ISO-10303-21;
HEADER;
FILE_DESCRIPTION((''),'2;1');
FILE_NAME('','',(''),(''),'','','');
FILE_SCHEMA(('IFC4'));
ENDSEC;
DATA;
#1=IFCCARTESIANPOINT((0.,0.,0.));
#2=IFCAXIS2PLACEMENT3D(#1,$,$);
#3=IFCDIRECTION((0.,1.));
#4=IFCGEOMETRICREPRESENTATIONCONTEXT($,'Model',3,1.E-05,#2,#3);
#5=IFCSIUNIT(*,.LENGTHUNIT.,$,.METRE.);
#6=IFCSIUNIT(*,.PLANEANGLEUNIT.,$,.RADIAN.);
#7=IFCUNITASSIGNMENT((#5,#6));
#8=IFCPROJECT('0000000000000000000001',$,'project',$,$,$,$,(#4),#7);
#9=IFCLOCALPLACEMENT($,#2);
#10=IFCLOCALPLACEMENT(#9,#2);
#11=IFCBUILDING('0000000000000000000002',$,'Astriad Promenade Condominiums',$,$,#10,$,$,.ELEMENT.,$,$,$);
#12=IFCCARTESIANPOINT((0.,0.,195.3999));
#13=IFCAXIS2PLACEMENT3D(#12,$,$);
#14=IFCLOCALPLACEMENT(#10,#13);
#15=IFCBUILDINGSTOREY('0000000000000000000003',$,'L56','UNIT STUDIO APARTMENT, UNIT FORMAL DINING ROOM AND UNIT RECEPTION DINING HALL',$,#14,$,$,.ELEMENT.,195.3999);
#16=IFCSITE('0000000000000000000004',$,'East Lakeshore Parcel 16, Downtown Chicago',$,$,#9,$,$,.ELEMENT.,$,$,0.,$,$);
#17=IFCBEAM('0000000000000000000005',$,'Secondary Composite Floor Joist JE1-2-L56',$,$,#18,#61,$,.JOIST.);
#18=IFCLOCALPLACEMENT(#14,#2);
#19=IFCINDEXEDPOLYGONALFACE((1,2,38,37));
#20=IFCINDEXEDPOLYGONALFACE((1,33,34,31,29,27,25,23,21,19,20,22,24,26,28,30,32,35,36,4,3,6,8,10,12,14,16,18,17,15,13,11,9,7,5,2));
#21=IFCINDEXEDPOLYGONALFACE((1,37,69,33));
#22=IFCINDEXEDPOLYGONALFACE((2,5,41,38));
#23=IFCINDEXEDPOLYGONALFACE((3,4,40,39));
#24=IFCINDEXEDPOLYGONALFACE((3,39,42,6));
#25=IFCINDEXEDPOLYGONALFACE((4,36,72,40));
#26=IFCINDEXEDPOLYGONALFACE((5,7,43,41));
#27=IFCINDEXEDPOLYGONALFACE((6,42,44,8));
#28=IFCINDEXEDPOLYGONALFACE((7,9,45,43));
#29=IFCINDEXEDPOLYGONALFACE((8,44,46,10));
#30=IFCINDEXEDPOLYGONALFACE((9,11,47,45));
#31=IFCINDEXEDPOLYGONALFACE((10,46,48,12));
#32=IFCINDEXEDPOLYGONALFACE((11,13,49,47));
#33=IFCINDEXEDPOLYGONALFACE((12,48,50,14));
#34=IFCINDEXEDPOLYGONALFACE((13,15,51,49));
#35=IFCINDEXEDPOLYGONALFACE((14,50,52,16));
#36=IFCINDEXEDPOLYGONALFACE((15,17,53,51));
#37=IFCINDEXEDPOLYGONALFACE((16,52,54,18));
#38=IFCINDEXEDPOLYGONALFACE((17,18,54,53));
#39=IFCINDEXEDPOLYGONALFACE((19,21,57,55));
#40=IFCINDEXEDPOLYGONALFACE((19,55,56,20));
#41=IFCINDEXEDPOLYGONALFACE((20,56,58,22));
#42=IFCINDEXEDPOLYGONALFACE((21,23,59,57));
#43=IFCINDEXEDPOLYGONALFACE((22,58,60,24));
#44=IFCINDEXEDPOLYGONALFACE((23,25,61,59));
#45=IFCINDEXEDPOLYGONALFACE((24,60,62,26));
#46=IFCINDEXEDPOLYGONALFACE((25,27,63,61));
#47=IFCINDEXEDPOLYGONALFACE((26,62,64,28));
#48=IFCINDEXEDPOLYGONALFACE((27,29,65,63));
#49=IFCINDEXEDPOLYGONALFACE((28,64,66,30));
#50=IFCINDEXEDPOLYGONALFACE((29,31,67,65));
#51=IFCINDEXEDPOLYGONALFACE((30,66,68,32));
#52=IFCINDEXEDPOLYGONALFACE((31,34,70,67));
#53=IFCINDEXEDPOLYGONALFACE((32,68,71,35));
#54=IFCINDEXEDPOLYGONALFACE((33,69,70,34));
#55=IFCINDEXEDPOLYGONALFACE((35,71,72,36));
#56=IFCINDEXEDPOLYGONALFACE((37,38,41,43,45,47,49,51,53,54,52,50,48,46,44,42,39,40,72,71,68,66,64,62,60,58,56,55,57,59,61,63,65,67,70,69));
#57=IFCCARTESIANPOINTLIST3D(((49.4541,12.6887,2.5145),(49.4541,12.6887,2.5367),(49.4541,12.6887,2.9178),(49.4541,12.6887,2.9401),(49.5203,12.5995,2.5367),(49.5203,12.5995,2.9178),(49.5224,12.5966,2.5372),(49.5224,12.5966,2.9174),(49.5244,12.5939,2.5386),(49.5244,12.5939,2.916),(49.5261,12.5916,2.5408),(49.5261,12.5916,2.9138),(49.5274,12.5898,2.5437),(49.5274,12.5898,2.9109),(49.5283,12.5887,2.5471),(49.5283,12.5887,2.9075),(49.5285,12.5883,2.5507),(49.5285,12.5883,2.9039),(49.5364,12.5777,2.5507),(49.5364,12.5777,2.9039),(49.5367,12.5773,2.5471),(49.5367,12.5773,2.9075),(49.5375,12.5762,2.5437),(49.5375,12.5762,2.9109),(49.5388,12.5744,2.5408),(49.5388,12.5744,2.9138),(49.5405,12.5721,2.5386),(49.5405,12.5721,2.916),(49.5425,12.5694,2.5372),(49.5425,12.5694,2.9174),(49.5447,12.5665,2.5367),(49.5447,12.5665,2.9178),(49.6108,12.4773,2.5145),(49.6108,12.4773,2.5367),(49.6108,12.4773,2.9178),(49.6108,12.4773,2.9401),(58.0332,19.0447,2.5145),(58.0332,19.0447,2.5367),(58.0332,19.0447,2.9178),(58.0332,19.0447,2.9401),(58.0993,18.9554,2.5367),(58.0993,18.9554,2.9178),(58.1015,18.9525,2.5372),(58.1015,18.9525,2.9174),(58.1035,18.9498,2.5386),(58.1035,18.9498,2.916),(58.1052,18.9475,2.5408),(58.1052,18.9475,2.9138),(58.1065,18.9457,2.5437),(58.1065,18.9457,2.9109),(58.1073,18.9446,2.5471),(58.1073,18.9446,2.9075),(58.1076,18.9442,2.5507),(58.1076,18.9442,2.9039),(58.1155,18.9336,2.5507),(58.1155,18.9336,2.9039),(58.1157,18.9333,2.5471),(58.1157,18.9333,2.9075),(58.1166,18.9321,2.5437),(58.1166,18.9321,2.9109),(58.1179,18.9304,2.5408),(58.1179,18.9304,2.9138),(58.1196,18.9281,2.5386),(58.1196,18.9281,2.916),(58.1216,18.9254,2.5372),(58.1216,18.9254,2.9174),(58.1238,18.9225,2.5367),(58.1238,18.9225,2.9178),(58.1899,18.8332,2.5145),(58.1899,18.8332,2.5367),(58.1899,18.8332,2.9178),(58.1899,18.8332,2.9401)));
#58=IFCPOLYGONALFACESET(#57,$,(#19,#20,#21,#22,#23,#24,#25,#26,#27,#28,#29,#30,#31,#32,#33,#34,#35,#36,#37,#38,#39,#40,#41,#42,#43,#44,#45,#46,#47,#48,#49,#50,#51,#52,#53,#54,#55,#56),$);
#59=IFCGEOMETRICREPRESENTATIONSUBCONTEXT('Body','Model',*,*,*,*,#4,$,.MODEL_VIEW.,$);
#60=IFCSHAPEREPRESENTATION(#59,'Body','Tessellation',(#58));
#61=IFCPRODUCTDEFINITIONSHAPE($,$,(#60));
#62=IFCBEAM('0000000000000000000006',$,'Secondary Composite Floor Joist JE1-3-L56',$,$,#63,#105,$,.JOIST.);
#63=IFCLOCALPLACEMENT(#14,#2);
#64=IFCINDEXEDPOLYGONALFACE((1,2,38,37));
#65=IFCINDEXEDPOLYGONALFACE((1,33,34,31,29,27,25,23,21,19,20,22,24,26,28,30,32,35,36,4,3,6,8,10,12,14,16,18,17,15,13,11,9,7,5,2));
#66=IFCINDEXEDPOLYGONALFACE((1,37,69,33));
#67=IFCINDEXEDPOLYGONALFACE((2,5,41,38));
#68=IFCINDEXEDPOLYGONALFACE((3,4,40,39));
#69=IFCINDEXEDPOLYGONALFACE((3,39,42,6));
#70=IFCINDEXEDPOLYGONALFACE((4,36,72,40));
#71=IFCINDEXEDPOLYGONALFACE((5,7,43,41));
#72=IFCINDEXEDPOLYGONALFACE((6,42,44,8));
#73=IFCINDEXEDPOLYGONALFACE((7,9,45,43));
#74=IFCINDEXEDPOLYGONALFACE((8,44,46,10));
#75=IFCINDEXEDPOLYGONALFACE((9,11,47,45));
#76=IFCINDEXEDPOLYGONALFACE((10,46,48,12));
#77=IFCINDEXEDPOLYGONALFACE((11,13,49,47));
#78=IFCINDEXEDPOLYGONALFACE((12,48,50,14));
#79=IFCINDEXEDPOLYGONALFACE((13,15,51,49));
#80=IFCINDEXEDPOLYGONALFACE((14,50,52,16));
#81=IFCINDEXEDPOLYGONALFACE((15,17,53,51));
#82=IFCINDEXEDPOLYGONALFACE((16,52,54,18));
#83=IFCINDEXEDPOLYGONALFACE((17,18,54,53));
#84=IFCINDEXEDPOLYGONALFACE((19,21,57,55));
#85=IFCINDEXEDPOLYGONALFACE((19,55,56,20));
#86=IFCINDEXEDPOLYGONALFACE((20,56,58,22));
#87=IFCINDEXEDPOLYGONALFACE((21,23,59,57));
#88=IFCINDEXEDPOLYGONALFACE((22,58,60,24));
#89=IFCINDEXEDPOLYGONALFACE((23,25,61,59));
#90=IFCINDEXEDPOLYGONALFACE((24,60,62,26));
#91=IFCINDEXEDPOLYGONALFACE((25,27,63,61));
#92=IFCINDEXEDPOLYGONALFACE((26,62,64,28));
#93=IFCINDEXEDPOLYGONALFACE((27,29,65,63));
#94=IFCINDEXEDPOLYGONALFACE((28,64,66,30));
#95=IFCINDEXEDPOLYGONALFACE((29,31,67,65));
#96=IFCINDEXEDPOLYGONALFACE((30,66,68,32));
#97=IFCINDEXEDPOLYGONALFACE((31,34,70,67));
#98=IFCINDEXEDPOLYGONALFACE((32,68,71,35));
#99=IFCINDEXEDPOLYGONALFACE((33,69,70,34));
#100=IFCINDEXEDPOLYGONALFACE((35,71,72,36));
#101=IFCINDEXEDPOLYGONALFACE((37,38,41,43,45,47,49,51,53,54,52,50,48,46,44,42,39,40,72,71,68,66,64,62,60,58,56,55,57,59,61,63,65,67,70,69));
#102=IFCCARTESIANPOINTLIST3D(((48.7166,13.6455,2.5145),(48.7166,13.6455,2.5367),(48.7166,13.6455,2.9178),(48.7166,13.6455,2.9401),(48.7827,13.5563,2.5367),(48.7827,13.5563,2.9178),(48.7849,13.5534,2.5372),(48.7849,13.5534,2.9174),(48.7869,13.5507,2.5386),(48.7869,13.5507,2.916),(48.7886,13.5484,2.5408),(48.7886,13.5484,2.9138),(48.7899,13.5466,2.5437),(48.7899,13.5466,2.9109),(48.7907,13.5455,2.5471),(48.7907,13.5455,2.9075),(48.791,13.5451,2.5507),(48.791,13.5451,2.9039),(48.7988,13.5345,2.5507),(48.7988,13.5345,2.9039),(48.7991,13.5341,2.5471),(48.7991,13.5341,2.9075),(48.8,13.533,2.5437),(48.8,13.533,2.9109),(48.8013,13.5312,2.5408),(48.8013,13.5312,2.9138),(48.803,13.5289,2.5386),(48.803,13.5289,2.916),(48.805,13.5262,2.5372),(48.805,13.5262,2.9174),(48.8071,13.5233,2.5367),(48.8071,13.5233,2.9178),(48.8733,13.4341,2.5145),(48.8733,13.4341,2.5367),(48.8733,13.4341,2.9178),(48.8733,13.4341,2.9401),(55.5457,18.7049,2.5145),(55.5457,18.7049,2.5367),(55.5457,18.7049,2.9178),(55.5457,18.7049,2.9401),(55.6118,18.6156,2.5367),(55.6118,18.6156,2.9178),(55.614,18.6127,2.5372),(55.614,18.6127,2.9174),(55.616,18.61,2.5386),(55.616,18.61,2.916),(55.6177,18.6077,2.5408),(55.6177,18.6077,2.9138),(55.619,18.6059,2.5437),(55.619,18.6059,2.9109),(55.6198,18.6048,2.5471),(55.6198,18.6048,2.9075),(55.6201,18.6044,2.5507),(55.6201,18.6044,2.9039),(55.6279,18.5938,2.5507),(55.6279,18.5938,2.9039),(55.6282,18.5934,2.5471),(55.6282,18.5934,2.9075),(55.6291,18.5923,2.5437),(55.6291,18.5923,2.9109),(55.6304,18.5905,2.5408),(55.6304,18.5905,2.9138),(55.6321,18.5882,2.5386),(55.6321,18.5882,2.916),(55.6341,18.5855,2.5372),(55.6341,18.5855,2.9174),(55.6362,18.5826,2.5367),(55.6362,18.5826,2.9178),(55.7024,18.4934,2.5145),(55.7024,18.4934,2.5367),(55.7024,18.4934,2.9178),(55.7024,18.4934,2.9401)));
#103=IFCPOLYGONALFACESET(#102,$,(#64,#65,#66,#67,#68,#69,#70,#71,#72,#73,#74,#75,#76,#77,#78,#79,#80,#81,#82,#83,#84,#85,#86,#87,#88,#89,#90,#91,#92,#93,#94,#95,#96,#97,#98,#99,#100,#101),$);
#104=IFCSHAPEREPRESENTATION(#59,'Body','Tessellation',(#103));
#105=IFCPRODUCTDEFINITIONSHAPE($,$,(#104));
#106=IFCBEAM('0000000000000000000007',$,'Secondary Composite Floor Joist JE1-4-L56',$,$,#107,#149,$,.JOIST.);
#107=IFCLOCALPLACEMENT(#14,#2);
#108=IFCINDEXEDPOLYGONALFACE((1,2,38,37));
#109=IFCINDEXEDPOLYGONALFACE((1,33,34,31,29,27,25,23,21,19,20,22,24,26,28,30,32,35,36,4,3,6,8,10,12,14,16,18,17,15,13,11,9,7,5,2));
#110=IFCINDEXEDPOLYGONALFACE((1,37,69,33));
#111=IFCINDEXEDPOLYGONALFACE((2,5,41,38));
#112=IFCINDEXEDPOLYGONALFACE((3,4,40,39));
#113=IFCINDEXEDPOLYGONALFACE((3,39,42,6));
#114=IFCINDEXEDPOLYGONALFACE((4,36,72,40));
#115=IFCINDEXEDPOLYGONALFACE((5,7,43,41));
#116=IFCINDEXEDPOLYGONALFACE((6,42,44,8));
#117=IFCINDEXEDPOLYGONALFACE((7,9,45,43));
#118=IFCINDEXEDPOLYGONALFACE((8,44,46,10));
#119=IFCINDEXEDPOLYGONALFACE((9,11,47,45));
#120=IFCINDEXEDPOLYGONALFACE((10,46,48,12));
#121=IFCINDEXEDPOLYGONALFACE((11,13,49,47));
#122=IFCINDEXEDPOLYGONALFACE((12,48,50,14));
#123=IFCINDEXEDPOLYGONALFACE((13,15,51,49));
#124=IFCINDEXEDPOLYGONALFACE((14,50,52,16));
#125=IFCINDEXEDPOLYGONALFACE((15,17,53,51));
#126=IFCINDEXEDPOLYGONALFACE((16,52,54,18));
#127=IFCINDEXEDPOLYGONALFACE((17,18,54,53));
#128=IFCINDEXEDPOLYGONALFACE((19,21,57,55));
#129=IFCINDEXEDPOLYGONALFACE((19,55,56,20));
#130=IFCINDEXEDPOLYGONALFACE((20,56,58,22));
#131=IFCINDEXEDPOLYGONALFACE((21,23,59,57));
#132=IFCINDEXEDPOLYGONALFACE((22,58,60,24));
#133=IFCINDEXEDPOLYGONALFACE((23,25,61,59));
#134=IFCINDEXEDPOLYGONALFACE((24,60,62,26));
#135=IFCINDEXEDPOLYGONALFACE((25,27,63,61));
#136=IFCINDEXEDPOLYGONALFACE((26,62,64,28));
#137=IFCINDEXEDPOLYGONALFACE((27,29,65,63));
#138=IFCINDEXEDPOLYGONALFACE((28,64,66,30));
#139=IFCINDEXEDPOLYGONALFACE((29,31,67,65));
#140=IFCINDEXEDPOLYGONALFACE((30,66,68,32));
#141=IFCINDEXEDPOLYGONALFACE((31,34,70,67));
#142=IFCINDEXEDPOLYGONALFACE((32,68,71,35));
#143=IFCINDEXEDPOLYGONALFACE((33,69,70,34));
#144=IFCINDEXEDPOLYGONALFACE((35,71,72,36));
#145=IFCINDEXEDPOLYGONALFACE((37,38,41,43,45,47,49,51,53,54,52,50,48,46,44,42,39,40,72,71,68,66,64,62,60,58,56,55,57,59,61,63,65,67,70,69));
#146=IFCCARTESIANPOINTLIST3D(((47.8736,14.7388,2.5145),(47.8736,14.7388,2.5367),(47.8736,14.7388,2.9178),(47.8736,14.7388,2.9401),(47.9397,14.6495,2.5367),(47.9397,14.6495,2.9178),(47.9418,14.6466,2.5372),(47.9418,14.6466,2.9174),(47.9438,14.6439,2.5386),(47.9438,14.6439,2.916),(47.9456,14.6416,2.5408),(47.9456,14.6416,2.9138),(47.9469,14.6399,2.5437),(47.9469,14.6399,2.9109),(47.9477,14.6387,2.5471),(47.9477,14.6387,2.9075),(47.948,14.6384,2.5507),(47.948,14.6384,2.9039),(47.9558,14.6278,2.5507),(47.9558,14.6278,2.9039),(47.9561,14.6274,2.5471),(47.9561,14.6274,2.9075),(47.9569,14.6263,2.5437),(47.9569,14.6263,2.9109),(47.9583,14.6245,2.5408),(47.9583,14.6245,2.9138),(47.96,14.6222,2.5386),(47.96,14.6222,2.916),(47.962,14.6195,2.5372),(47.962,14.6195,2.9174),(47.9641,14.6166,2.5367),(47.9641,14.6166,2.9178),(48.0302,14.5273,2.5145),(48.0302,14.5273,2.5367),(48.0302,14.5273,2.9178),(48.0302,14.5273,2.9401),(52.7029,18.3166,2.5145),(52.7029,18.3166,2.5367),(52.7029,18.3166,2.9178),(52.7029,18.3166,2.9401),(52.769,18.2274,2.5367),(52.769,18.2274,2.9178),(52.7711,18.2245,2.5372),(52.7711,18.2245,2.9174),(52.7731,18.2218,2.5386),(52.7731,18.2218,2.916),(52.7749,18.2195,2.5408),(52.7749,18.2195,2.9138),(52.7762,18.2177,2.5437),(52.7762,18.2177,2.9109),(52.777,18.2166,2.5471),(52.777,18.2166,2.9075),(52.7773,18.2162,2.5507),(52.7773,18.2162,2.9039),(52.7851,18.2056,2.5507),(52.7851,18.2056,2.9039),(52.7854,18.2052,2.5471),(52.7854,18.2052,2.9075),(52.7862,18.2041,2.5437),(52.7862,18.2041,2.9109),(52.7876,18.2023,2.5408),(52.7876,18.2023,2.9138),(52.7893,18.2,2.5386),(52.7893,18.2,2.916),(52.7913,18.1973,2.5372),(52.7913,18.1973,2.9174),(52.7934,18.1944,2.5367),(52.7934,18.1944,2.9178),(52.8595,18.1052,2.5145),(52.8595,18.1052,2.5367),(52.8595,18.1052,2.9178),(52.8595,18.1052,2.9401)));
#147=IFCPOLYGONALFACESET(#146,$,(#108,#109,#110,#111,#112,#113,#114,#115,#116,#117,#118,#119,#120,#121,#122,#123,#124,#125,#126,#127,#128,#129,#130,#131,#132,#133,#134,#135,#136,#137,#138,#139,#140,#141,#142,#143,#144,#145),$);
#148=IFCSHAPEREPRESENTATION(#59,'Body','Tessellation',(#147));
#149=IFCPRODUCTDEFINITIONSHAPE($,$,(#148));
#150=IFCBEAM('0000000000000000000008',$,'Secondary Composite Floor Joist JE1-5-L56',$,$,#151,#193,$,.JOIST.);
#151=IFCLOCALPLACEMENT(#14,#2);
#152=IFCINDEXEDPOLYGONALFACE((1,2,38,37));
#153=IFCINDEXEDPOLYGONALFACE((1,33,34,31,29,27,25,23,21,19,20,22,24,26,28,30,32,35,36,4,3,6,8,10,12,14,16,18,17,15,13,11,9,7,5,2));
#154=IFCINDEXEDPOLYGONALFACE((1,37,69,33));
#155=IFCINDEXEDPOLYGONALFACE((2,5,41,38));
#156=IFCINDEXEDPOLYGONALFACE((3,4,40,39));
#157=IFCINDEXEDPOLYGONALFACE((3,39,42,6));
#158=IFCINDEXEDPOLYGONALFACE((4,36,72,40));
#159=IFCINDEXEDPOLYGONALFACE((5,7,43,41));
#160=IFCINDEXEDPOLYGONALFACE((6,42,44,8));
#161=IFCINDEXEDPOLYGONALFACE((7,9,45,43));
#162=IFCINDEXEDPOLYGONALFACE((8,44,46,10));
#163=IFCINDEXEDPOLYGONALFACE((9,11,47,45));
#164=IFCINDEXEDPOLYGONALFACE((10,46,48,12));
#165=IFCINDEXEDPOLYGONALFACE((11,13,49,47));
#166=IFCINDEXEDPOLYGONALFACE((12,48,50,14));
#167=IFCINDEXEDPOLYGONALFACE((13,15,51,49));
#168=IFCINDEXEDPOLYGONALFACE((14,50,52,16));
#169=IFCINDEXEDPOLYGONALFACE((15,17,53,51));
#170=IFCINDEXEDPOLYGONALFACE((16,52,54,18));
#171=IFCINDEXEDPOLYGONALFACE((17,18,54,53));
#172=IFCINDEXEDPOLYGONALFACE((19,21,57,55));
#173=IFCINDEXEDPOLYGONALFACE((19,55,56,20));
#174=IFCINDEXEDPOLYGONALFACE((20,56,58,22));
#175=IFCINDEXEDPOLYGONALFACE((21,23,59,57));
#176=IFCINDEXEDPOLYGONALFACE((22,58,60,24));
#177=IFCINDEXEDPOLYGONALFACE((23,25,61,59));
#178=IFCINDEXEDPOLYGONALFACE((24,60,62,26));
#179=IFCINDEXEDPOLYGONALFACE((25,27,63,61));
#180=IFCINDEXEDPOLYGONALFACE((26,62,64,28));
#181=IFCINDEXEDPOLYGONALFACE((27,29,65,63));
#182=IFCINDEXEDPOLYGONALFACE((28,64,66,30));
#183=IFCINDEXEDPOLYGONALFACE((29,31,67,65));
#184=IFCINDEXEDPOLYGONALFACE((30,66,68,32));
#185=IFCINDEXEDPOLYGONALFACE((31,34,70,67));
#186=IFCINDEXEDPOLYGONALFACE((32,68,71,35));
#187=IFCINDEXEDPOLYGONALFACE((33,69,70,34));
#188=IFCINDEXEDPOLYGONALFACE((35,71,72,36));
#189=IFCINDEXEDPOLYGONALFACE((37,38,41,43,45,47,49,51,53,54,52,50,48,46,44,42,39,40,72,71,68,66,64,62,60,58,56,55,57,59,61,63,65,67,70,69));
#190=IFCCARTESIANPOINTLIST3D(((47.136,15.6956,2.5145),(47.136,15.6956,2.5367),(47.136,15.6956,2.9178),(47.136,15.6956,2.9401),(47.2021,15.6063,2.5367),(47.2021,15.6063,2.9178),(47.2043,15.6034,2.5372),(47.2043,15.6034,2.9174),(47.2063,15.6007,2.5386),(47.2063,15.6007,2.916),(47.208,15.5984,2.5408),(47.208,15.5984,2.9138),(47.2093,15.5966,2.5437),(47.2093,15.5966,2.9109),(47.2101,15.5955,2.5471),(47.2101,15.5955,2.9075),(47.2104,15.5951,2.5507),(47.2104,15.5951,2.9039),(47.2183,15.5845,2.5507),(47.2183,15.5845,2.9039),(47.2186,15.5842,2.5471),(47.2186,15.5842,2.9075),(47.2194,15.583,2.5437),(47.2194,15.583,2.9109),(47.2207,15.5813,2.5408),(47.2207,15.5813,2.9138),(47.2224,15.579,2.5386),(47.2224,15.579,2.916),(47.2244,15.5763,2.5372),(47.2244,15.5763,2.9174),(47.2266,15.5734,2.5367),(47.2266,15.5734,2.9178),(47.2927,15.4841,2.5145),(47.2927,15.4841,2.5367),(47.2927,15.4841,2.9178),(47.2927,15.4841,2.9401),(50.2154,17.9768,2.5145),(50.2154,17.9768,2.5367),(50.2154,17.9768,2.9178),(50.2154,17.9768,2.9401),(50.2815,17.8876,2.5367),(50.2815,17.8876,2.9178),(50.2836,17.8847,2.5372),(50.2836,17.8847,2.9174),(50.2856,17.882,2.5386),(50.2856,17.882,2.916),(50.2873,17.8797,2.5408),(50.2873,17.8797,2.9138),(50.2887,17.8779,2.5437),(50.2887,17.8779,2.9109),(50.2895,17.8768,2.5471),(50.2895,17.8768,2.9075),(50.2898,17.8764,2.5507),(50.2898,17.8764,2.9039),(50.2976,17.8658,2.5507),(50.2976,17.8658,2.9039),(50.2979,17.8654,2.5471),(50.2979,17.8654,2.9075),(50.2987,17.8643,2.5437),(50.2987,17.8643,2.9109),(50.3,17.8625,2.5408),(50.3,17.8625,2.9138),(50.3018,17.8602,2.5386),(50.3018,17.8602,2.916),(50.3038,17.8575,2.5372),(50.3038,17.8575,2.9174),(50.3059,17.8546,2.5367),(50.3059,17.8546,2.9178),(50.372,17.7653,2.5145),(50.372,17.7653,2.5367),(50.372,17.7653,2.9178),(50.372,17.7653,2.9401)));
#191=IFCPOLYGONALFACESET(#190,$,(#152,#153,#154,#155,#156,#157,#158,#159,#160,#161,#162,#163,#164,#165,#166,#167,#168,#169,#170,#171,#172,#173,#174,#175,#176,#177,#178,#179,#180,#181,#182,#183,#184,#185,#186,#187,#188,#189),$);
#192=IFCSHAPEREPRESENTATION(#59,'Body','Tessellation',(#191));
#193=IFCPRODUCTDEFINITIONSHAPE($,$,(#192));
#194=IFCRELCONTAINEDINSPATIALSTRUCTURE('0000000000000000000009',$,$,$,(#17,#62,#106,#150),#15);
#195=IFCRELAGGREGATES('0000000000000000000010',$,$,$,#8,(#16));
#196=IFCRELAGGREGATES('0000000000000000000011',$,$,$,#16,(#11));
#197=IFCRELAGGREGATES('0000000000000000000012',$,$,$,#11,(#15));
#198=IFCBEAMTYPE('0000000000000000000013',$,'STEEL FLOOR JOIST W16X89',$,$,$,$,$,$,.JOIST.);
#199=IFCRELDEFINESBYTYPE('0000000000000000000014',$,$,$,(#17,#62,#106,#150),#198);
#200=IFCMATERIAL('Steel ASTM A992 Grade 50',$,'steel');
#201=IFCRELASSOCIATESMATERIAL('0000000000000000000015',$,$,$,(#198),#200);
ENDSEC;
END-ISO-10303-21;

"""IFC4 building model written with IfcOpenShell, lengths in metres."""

from ifc_helpers import new_model, si_unit, direction, frame, origin, origin_2d, place, context, subcontext, project, spatial, i_section, extrude, source, transform, mapped, material, material_profile, profile_set, type_object, element, save


model = new_model("IFC4")

# Units and contexts
model_context = context("Model", 3, precision=1e-05, world=origin(), true_north=direction((0.0, 1.0)))
body_context = subcontext(model_context, "Body", "Model", "MODEL_VIEW")
ifc_project = project(units=[si_unit("LENGTHUNIT", "METRE"), si_unit("PLANEANGLEUNIT", "RADIAN")], contexts=[model_context])

# Site, building, storey
site_placement = place(None, origin())
site = spatial("IfcSite", under=ifc_project, at=site_placement, Name="East Lakeshore Parcel 16, Downtown Chicago", CompositionType="ELEMENT", RefElevation=0.0)
building_placement = place(site_placement, origin())
building = spatial("IfcBuilding", under=site, at=building_placement, Name="Astriad Promenade Condominiums", CompositionType="ELEMENT")
storey_placement = place(building_placement, frame((0.0, 0.0, 195.3999)))
storey = spatial("IfcBuildingStorey", under=building, at=storey_placement, Name="L56", Description="UNIT STUDIO APARTMENT, UNIT FORMAL DINING ROOM AND UNIT RECEPTION DINING HALL", CompositionType="ELEMENT", Elevation=195.3999)

# Beams
ifc_material_1 = material(Name="Steel ASTM A992 Grade 50", Category="steel")
ifc_material_profile_1 = material_profile(ifc_material_1, i_section(OverallWidth=0.2632, OverallDepth=0.4255, WebThickness=0.0132, FlangeThickness=0.0222, FilletRadius=0.0139, at=origin_2d()), Name="W16X89")
ifc_profile_set_1 = profile_set([ifc_material_profile_1], Name="Steel ASTM A992 Grade 50")
beam_type_1 = type_object("IfcBeamType", Name="STEEL FLOOR JOIST W16X89", PredefinedType="JOIST", material=ifc_profile_set_1)
shared_shape_1 = source(origin(), body_context, "Body", "SweptSolid", [
    extrude(i_section(OverallWidth=0.2632, OverallDepth=0.4255, WebThickness=0.0132, FlangeThickness=0.0222, FilletRadius=0.0139, at=origin_2d()), origin(), (0.0, 0.0, 1.0), 10.677),
])
beam_1_placement = place(storey_placement, frame((49.5325, 12.583, 2.7273), z_axis=(0.803509, 0.595292, 0.0), x_axis=(-0.595292, 0.803509, 0.0)))
element("IfcBeam", 1, at=beam_1_placement, inside=storey, type_object=beam_type_1, Name="Secondary Composite Floor Joist JE1-2-L56", PredefinedType="JOIST", context=body_context, shape_type="MappedRepresentation", body=[
    mapped(shared_shape_1, transform((0.0, 0.0, 0.0), scale=1.0)),
])
shared_shape_2 = source(origin(), body_context, "Body", "SweptSolid", [
    extrude(i_section(OverallWidth=0.2632, OverallDepth=0.4255, WebThickness=0.0132, FlangeThickness=0.0222, FilletRadius=0.0139, at=origin_2d()), origin(), (0.0, 0.0, 1.0), 8.499),
])
beam_2_placement = place(storey_placement, frame((48.7949, 13.5398, 2.7273), z_axis=(0.803516, 0.595283, 0.0), x_axis=(-0.595283, 0.803516, 0.0)))
element("IfcBeam", 2, at=beam_2_placement, inside=storey, type_object=beam_type_1, Name="Secondary Composite Floor Joist JE1-3-L56", PredefinedType="JOIST", context=body_context, shape_type="MappedRepresentation", body=[
    mapped(shared_shape_2, transform((0.0, 0.0, 0.0), scale=1.0)),
])
shared_shape_3 = source(origin(), body_context, "Body", "SweptSolid", [
    extrude(i_section(OverallWidth=0.2632, OverallDepth=0.4255, WebThickness=0.0132, FlangeThickness=0.0222, FilletRadius=0.0139, at=origin_2d()), origin(), (0.0, 0.0, 1.0), 6.0103),
])
beam_3_placement = place(storey_placement, frame((47.9519, 14.6331, 2.7273), z_axis=(0.80351, 0.595291, 0.0), x_axis=(-0.595291, 0.80351, 0.0)))
element("IfcBeam", 3, at=beam_3_placement, inside=storey, type_object=beam_type_1, Name="Secondary Composite Floor Joist JE1-4-L56", PredefinedType="JOIST", context=body_context, shape_type="MappedRepresentation", body=[
    mapped(shared_shape_3, transform((0.0, 0.0, 0.0), scale=1.0)),
])
shared_shape_4 = source(origin(), body_context, "Body", "SweptSolid", [
    extrude(i_section(OverallWidth=0.2632, OverallDepth=0.4255, WebThickness=0.0132, FlangeThickness=0.0222, FilletRadius=0.0139, at=origin_2d()), origin(), (0.0, 0.0, 1.0), 3.8323),
])
beam_4_placement = place(storey_placement, frame((47.2144, 15.5898, 2.7273), z_axis=(0.803526, 0.59527, 0.0), x_axis=(-0.59527, 0.803526, 0.0)))
element("IfcBeam", 4, at=beam_4_placement, inside=storey, type_object=beam_type_1, Name="Secondary Composite Floor Joist JE1-5-L56", PredefinedType="JOIST", context=body_context, shape_type="MappedRepresentation", body=[
    mapped(shared_shape_4, transform((0.0, 0.0, 0.0), scale=1.0)),
])

save(model, "model.ifc")
